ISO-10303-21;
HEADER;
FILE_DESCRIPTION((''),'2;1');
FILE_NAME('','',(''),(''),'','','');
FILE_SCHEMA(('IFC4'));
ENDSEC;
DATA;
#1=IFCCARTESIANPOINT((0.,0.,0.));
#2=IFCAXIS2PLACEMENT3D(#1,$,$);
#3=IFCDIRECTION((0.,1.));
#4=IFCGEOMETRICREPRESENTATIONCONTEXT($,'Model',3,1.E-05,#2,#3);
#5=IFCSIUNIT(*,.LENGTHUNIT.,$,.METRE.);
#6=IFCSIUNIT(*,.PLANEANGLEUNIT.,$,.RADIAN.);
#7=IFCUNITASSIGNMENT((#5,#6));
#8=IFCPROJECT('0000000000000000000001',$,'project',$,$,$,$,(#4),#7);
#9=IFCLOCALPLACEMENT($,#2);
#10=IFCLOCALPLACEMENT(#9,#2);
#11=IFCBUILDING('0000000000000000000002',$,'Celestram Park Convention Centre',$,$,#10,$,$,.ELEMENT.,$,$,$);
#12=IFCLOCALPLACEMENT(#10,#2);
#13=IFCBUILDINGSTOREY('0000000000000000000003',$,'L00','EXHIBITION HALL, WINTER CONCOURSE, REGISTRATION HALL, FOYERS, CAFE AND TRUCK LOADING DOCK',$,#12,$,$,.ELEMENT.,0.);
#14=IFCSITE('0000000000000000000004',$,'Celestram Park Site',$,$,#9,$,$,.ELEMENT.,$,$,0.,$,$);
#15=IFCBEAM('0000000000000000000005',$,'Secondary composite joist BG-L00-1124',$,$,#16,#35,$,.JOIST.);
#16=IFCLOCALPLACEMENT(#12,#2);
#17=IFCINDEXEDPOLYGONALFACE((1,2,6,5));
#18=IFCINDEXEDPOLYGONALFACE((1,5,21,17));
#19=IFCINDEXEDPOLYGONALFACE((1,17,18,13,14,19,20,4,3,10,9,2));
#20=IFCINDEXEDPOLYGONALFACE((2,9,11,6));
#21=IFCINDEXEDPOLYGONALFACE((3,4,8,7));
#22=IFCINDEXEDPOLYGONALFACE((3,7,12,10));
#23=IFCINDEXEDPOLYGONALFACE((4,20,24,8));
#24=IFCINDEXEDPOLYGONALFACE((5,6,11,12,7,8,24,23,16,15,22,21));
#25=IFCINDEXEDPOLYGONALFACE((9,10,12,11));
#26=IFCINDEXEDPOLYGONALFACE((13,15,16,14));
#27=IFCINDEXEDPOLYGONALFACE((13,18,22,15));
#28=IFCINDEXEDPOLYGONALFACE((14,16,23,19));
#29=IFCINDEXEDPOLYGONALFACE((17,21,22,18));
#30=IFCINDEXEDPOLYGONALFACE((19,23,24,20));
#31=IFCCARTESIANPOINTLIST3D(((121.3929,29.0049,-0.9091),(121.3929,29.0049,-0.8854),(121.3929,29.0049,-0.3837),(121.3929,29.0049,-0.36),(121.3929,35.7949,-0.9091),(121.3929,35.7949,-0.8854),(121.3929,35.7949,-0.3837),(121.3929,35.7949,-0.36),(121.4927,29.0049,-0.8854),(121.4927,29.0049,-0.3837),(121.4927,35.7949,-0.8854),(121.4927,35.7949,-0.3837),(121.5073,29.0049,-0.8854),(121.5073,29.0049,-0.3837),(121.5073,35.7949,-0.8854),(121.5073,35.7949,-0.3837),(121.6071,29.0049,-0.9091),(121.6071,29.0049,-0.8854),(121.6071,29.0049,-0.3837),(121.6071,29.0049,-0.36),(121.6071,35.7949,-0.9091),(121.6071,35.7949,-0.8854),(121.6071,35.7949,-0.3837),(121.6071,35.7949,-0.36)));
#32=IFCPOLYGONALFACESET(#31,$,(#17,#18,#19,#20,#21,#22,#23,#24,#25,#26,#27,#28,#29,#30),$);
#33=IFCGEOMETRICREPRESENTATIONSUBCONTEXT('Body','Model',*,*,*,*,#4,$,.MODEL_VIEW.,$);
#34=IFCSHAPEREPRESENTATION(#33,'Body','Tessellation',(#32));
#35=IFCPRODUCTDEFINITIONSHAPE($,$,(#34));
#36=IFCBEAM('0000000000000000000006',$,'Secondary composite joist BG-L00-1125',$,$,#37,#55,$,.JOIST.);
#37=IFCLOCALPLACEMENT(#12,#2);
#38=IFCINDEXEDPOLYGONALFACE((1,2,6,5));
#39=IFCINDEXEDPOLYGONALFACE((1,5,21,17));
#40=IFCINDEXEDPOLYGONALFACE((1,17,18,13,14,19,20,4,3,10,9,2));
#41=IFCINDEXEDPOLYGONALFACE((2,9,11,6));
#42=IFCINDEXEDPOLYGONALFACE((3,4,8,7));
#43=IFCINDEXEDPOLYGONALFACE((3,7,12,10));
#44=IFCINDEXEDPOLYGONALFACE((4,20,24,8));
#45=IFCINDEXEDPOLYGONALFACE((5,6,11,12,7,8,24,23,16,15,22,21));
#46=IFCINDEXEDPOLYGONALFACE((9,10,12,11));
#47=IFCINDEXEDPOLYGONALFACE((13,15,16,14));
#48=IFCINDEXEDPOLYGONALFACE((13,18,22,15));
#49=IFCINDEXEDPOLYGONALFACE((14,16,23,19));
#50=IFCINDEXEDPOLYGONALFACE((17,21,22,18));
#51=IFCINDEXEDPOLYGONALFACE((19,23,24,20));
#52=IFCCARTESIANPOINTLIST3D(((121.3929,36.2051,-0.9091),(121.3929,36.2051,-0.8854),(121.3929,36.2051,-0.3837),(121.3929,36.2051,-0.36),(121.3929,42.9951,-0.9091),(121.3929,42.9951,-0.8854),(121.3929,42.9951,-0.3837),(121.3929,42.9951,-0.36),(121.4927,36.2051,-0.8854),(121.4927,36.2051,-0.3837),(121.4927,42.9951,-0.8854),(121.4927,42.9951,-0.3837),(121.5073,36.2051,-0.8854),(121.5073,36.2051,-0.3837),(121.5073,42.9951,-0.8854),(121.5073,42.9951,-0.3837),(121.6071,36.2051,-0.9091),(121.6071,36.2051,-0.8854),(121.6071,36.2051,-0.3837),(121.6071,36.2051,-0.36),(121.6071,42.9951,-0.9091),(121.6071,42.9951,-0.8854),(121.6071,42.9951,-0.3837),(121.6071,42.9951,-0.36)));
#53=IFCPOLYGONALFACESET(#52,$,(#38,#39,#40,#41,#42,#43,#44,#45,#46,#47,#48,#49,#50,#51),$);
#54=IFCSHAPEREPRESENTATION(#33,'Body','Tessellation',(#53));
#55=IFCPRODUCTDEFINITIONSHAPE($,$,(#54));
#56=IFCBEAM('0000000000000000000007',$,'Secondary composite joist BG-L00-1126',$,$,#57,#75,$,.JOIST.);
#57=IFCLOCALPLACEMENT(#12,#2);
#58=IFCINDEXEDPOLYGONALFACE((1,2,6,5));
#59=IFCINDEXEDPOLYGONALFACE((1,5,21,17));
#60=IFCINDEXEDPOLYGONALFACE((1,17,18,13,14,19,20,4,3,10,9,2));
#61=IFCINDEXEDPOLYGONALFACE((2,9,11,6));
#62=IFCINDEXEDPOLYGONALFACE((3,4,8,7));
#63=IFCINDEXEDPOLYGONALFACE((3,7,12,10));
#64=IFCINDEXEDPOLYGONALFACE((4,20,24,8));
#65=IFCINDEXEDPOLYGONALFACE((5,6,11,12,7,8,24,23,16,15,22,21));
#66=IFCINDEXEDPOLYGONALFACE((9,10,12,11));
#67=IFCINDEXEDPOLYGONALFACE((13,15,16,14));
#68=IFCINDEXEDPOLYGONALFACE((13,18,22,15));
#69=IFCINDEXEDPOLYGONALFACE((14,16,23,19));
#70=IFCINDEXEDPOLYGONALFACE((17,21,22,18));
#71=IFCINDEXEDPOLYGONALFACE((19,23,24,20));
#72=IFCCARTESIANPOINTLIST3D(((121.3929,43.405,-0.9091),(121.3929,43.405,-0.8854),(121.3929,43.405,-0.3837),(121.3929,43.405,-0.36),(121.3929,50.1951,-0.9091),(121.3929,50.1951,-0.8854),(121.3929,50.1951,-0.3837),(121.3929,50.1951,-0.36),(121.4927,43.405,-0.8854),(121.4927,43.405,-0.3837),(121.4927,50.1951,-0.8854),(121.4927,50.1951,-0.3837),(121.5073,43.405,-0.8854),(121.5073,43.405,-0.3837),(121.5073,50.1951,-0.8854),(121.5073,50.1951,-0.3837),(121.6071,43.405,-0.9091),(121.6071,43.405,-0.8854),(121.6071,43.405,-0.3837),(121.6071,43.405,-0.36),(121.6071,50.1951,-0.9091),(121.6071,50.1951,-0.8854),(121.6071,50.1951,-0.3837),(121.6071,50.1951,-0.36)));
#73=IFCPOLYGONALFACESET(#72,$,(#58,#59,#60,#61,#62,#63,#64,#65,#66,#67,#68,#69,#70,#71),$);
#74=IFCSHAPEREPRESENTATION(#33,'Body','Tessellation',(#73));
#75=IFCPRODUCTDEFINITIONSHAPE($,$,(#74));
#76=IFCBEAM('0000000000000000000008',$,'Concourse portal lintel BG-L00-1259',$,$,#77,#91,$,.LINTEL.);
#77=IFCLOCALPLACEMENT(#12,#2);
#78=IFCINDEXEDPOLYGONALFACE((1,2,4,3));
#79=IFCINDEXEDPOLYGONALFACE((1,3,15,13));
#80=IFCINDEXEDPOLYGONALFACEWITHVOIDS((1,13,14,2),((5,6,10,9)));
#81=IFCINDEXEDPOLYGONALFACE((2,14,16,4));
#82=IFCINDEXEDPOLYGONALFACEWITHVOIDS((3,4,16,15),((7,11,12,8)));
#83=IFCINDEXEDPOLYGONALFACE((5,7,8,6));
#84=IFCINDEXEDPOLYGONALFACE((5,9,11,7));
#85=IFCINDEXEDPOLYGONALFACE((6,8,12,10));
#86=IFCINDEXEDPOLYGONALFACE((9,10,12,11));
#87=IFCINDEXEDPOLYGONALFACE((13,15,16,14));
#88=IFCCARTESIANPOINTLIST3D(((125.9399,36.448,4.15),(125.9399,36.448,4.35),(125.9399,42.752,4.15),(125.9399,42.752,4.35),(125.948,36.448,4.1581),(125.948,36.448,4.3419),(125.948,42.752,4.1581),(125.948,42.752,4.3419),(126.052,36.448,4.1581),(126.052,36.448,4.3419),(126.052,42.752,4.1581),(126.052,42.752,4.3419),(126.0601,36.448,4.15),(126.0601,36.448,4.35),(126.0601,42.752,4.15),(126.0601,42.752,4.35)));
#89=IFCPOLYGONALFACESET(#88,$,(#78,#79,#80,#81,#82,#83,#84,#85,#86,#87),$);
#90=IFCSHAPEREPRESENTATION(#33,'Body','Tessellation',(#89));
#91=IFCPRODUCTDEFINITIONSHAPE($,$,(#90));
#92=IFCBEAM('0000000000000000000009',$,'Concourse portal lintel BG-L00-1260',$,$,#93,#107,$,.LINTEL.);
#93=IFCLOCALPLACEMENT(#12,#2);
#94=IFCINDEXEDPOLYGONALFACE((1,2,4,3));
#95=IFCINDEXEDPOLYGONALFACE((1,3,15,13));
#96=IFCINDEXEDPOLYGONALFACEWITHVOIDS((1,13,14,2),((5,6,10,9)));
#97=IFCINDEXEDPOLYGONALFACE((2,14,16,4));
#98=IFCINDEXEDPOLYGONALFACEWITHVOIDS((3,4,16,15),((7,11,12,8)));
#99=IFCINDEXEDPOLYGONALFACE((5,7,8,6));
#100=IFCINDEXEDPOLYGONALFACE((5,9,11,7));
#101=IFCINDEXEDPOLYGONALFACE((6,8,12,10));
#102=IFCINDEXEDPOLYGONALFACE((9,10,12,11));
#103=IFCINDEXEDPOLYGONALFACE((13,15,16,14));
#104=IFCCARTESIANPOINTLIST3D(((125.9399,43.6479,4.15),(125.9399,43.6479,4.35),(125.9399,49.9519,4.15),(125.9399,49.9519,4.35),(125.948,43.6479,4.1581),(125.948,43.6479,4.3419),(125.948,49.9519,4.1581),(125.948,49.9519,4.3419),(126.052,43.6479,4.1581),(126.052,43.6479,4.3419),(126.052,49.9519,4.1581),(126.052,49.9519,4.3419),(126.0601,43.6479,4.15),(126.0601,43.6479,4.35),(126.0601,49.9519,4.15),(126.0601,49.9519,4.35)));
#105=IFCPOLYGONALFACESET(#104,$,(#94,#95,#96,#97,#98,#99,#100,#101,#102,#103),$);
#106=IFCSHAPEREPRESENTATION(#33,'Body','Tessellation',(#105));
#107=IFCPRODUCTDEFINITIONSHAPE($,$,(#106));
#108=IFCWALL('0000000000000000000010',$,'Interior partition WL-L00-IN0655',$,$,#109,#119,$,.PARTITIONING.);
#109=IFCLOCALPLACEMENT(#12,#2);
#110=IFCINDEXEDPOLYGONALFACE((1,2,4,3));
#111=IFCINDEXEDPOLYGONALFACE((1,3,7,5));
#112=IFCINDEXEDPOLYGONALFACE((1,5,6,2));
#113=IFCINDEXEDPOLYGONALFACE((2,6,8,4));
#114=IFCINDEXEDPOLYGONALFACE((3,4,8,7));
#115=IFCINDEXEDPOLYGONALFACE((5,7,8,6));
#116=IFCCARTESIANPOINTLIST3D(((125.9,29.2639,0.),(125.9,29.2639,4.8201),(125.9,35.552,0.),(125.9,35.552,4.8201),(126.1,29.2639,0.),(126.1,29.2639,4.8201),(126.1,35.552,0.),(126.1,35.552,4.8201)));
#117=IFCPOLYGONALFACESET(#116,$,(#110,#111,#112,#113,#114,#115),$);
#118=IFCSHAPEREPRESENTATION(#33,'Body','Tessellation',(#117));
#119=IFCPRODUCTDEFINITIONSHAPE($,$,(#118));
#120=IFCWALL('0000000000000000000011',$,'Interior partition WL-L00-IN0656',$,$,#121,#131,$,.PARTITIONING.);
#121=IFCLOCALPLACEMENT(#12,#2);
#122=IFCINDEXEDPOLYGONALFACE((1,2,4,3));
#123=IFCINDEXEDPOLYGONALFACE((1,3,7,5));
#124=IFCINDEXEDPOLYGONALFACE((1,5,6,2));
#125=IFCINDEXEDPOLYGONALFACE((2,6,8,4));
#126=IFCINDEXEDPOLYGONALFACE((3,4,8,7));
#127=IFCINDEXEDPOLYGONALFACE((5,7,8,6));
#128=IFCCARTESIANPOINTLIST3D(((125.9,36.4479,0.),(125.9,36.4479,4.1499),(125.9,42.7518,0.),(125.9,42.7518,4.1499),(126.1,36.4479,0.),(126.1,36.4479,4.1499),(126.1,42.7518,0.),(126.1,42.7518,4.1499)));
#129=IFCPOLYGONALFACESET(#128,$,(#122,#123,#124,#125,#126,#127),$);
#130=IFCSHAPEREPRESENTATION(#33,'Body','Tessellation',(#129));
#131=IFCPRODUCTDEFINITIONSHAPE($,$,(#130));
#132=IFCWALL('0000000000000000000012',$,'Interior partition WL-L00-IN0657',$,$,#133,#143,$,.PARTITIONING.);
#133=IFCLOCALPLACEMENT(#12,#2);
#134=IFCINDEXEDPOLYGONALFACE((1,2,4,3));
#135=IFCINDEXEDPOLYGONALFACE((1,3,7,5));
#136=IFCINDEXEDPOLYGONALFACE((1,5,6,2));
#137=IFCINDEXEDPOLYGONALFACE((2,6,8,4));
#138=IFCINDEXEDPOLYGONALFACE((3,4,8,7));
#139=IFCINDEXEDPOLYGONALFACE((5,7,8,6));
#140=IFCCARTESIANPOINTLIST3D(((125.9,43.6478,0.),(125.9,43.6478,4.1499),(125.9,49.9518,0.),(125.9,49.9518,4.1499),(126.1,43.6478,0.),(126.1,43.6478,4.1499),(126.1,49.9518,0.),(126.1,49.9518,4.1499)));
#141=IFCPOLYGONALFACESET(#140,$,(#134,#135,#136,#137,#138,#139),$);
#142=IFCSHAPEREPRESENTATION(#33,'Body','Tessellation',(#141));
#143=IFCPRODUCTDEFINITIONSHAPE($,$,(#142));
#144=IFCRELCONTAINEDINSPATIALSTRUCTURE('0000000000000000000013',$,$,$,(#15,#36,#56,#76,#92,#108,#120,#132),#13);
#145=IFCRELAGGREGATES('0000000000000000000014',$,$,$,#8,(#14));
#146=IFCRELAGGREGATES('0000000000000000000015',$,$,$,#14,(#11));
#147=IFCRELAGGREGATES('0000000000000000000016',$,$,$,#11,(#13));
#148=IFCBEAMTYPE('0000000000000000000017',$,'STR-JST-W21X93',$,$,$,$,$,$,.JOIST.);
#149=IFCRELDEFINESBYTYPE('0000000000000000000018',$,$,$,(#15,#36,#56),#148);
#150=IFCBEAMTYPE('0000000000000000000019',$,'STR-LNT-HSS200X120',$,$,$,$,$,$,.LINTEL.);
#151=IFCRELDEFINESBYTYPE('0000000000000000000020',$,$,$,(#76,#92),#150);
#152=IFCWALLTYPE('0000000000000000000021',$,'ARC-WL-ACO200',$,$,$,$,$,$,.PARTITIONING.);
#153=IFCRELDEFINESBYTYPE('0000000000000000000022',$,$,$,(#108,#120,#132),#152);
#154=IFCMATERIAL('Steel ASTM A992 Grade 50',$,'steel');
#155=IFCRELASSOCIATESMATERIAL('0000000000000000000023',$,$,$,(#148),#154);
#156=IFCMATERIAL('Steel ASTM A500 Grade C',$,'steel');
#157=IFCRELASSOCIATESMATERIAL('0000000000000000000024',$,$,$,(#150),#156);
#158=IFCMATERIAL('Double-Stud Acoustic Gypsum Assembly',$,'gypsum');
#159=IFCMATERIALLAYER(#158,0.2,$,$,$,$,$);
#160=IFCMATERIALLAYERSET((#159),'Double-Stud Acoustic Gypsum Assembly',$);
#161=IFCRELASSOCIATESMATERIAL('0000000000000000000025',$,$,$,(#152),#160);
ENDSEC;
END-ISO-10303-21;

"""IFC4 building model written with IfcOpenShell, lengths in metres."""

from ifc_helpers import new_model, si_unit, direction, frame, frame_2d, origin, origin_2d, place, context, subcontext, project, spatial, rectangle, hollow_rectangle, i_section, extrude, material, layer, layer_set, material_profile, profile_set, type_object, element, save


model = new_model("IFC4")

# Units and contexts
model_context = context("Model", 3, precision=1e-05, world=origin(), true_north=direction((0.0, 1.0)))
body_context = subcontext(model_context, "Body", "Model", "MODEL_VIEW")
ifc_project = project(units=[si_unit("LENGTHUNIT", "METRE"), si_unit("PLANEANGLEUNIT", "RADIAN")], contexts=[model_context])

# Site, building, storey
site_placement = place(None, origin())
site = spatial("IfcSite", under=ifc_project, at=site_placement, Name="Celestram Park Site", CompositionType="ELEMENT", RefElevation=0.0)
building_placement = place(site_placement, origin())
building = spatial("IfcBuilding", under=site, at=building_placement, Name="Celestram Park Convention Centre", CompositionType="ELEMENT")
storey_placement = place(building_placement, origin())
storey = spatial("IfcBuildingStorey", under=building, at=storey_placement, Name="L00", Description="EXHIBITION HALL, WINTER CONCOURSE, REGISTRATION HALL, FOYERS, CAFE AND TRUCK LOADING DOCK", CompositionType="ELEMENT", Elevation=0.0)

# Beams
ifc_material_1 = material(Name="Steel ASTM A992 Grade 50", Category="steel")
ifc_material_profile_1 = material_profile(ifc_material_1, i_section(OverallWidth=0.2141, OverallDepth=0.5491, WebThickness=0.0146, FlangeThickness=0.0237, at=origin_2d()), Name="W21X93")
ifc_profile_set_1 = profile_set([ifc_material_profile_1], Name="Steel ASTM A992 Grade 50")
beam_type_1 = type_object("IfcBeamType", Name="STR-JST-W21X93", PredefinedType="JOIST", material=ifc_profile_set_1)
for number, where, z_axis, x_axis, name in (
    (1, (121.5, 29.0049, -0.6345), (0.0, 1.0, 0.0), (-1.0, 0.0, 0.0), "Secondary composite joist BG-L00-1124"),
    (2, (121.5, 36.2051, -0.6345), (0.0, 1.0, 0.0), (-1.0, 0.0, 0.0), "Secondary composite joist BG-L00-1125"),
    (3, (121.5, 43.405, -0.6345), (0.0, 1.0, 0.0), (-1.0, 0.0, 0.0), "Secondary composite joist BG-L00-1126"),
):
    element("IfcBeam", number, at=place(storey_placement, frame(where, z_axis=z_axis, x_axis=x_axis)), inside=storey, type_object=beam_type_1, Name=name, PredefinedType="JOIST", context=body_context, shape_type="SweptSolid", body=[
        extrude(i_section(OverallWidth=0.2141, OverallDepth=0.5491, WebThickness=0.0146, FlangeThickness=0.0237, at=origin_2d()), origin(), (0.0, 0.0, 1.0), 6.79),
    ])
ifc_material_2 = material(Name="Steel ASTM A500 Grade C", Category="steel")
ifc_material_profile_2 = material_profile(ifc_material_2, hollow_rectangle(XDim=0.1201, YDim=0.2, WallThickness=0.0081, at=origin_2d()), Name="HSS200X120X8")
ifc_profile_set_2 = profile_set([ifc_material_profile_2], Name="Steel ASTM A500 Grade C")
beam_type_2 = type_object("IfcBeamType", Name="STR-LNT-HSS200X120", PredefinedType="LINTEL", material=ifc_profile_set_2)
for number, where, z_axis, x_axis, name in (
    (4, (126.0, 36.448, 4.25), (0.0, 1.0, 0.0), (-1.0, 0.0, 0.0), "Concourse portal lintel BG-L00-1259"),
    (5, (126.0, 43.6479, 4.25), (0.0, 1.0, 0.0), (-1.0, 0.0, 0.0), "Concourse portal lintel BG-L00-1260"),
):
    element("IfcBeam", number, at=place(storey_placement, frame(where, z_axis=z_axis, x_axis=x_axis)), inside=storey, type_object=beam_type_2, Name=name, PredefinedType="LINTEL", context=body_context, shape_type="SweptSolid", body=[
        extrude(hollow_rectangle(XDim=0.1201, YDim=0.2, WallThickness=0.0081, at=origin_2d()), origin(), (0.0, 0.0, 1.0), 6.304),
    ])

# Walls
ifc_material_3 = material(Name="Double-Stud Acoustic Gypsum Assembly", Category="gypsum")
ifc_layer = layer(ifc_material_3, 0.2)
ifc_layer_set = layer_set([ifc_layer], Name="Double-Stud Acoustic Gypsum Assembly")
wall_type = type_object("IfcWallType", Name="ARC-WL-ACO200", PredefinedType="PARTITIONING", material=ifc_layer_set)
wall_placement = place(storey_placement, frame((126.0, 29.2639, 0.0), z_axis=(0.0, 0.0, 1.0), x_axis=(0.0, 1.0, 0.0)))
element("IfcWall", 6, at=wall_placement, inside=storey, type_object=wall_type, Name="Interior partition WL-L00-IN0655", PredefinedType="PARTITIONING", context=body_context, shape_type="SweptSolid", body=[
    extrude(rectangle(XDim=6.2881, YDim=0.2, at=frame_2d((3.144, 0.0))), origin(), (0.0, 0.0, 1.0), 4.8201),
])
for number, where, z_axis, x_axis, name in (
    (7, (126.0, 36.448, 0.0), (0.0, 0.0, 1.0), (0.0, 1.0, 0.0), "Interior partition WL-L00-IN0656"),
    (8, (126.0, 43.6479, 0.0), (0.0, 0.0, 1.0), (0.0, 1.0, 0.0), "Interior partition WL-L00-IN0657"),
):
    element("IfcWall", number, at=place(storey_placement, frame(where, z_axis=z_axis, x_axis=x_axis)), inside=storey, type_object=wall_type, Name=name, PredefinedType="PARTITIONING", context=body_context, shape_type="SweptSolid", body=[
        extrude(rectangle(XDim=6.304, YDim=0.2, at=frame_2d((3.1519, 0.0))), origin(), (0.0, 0.0, 1.0), 4.1499),
    ])

save(model, "model.ifc")
